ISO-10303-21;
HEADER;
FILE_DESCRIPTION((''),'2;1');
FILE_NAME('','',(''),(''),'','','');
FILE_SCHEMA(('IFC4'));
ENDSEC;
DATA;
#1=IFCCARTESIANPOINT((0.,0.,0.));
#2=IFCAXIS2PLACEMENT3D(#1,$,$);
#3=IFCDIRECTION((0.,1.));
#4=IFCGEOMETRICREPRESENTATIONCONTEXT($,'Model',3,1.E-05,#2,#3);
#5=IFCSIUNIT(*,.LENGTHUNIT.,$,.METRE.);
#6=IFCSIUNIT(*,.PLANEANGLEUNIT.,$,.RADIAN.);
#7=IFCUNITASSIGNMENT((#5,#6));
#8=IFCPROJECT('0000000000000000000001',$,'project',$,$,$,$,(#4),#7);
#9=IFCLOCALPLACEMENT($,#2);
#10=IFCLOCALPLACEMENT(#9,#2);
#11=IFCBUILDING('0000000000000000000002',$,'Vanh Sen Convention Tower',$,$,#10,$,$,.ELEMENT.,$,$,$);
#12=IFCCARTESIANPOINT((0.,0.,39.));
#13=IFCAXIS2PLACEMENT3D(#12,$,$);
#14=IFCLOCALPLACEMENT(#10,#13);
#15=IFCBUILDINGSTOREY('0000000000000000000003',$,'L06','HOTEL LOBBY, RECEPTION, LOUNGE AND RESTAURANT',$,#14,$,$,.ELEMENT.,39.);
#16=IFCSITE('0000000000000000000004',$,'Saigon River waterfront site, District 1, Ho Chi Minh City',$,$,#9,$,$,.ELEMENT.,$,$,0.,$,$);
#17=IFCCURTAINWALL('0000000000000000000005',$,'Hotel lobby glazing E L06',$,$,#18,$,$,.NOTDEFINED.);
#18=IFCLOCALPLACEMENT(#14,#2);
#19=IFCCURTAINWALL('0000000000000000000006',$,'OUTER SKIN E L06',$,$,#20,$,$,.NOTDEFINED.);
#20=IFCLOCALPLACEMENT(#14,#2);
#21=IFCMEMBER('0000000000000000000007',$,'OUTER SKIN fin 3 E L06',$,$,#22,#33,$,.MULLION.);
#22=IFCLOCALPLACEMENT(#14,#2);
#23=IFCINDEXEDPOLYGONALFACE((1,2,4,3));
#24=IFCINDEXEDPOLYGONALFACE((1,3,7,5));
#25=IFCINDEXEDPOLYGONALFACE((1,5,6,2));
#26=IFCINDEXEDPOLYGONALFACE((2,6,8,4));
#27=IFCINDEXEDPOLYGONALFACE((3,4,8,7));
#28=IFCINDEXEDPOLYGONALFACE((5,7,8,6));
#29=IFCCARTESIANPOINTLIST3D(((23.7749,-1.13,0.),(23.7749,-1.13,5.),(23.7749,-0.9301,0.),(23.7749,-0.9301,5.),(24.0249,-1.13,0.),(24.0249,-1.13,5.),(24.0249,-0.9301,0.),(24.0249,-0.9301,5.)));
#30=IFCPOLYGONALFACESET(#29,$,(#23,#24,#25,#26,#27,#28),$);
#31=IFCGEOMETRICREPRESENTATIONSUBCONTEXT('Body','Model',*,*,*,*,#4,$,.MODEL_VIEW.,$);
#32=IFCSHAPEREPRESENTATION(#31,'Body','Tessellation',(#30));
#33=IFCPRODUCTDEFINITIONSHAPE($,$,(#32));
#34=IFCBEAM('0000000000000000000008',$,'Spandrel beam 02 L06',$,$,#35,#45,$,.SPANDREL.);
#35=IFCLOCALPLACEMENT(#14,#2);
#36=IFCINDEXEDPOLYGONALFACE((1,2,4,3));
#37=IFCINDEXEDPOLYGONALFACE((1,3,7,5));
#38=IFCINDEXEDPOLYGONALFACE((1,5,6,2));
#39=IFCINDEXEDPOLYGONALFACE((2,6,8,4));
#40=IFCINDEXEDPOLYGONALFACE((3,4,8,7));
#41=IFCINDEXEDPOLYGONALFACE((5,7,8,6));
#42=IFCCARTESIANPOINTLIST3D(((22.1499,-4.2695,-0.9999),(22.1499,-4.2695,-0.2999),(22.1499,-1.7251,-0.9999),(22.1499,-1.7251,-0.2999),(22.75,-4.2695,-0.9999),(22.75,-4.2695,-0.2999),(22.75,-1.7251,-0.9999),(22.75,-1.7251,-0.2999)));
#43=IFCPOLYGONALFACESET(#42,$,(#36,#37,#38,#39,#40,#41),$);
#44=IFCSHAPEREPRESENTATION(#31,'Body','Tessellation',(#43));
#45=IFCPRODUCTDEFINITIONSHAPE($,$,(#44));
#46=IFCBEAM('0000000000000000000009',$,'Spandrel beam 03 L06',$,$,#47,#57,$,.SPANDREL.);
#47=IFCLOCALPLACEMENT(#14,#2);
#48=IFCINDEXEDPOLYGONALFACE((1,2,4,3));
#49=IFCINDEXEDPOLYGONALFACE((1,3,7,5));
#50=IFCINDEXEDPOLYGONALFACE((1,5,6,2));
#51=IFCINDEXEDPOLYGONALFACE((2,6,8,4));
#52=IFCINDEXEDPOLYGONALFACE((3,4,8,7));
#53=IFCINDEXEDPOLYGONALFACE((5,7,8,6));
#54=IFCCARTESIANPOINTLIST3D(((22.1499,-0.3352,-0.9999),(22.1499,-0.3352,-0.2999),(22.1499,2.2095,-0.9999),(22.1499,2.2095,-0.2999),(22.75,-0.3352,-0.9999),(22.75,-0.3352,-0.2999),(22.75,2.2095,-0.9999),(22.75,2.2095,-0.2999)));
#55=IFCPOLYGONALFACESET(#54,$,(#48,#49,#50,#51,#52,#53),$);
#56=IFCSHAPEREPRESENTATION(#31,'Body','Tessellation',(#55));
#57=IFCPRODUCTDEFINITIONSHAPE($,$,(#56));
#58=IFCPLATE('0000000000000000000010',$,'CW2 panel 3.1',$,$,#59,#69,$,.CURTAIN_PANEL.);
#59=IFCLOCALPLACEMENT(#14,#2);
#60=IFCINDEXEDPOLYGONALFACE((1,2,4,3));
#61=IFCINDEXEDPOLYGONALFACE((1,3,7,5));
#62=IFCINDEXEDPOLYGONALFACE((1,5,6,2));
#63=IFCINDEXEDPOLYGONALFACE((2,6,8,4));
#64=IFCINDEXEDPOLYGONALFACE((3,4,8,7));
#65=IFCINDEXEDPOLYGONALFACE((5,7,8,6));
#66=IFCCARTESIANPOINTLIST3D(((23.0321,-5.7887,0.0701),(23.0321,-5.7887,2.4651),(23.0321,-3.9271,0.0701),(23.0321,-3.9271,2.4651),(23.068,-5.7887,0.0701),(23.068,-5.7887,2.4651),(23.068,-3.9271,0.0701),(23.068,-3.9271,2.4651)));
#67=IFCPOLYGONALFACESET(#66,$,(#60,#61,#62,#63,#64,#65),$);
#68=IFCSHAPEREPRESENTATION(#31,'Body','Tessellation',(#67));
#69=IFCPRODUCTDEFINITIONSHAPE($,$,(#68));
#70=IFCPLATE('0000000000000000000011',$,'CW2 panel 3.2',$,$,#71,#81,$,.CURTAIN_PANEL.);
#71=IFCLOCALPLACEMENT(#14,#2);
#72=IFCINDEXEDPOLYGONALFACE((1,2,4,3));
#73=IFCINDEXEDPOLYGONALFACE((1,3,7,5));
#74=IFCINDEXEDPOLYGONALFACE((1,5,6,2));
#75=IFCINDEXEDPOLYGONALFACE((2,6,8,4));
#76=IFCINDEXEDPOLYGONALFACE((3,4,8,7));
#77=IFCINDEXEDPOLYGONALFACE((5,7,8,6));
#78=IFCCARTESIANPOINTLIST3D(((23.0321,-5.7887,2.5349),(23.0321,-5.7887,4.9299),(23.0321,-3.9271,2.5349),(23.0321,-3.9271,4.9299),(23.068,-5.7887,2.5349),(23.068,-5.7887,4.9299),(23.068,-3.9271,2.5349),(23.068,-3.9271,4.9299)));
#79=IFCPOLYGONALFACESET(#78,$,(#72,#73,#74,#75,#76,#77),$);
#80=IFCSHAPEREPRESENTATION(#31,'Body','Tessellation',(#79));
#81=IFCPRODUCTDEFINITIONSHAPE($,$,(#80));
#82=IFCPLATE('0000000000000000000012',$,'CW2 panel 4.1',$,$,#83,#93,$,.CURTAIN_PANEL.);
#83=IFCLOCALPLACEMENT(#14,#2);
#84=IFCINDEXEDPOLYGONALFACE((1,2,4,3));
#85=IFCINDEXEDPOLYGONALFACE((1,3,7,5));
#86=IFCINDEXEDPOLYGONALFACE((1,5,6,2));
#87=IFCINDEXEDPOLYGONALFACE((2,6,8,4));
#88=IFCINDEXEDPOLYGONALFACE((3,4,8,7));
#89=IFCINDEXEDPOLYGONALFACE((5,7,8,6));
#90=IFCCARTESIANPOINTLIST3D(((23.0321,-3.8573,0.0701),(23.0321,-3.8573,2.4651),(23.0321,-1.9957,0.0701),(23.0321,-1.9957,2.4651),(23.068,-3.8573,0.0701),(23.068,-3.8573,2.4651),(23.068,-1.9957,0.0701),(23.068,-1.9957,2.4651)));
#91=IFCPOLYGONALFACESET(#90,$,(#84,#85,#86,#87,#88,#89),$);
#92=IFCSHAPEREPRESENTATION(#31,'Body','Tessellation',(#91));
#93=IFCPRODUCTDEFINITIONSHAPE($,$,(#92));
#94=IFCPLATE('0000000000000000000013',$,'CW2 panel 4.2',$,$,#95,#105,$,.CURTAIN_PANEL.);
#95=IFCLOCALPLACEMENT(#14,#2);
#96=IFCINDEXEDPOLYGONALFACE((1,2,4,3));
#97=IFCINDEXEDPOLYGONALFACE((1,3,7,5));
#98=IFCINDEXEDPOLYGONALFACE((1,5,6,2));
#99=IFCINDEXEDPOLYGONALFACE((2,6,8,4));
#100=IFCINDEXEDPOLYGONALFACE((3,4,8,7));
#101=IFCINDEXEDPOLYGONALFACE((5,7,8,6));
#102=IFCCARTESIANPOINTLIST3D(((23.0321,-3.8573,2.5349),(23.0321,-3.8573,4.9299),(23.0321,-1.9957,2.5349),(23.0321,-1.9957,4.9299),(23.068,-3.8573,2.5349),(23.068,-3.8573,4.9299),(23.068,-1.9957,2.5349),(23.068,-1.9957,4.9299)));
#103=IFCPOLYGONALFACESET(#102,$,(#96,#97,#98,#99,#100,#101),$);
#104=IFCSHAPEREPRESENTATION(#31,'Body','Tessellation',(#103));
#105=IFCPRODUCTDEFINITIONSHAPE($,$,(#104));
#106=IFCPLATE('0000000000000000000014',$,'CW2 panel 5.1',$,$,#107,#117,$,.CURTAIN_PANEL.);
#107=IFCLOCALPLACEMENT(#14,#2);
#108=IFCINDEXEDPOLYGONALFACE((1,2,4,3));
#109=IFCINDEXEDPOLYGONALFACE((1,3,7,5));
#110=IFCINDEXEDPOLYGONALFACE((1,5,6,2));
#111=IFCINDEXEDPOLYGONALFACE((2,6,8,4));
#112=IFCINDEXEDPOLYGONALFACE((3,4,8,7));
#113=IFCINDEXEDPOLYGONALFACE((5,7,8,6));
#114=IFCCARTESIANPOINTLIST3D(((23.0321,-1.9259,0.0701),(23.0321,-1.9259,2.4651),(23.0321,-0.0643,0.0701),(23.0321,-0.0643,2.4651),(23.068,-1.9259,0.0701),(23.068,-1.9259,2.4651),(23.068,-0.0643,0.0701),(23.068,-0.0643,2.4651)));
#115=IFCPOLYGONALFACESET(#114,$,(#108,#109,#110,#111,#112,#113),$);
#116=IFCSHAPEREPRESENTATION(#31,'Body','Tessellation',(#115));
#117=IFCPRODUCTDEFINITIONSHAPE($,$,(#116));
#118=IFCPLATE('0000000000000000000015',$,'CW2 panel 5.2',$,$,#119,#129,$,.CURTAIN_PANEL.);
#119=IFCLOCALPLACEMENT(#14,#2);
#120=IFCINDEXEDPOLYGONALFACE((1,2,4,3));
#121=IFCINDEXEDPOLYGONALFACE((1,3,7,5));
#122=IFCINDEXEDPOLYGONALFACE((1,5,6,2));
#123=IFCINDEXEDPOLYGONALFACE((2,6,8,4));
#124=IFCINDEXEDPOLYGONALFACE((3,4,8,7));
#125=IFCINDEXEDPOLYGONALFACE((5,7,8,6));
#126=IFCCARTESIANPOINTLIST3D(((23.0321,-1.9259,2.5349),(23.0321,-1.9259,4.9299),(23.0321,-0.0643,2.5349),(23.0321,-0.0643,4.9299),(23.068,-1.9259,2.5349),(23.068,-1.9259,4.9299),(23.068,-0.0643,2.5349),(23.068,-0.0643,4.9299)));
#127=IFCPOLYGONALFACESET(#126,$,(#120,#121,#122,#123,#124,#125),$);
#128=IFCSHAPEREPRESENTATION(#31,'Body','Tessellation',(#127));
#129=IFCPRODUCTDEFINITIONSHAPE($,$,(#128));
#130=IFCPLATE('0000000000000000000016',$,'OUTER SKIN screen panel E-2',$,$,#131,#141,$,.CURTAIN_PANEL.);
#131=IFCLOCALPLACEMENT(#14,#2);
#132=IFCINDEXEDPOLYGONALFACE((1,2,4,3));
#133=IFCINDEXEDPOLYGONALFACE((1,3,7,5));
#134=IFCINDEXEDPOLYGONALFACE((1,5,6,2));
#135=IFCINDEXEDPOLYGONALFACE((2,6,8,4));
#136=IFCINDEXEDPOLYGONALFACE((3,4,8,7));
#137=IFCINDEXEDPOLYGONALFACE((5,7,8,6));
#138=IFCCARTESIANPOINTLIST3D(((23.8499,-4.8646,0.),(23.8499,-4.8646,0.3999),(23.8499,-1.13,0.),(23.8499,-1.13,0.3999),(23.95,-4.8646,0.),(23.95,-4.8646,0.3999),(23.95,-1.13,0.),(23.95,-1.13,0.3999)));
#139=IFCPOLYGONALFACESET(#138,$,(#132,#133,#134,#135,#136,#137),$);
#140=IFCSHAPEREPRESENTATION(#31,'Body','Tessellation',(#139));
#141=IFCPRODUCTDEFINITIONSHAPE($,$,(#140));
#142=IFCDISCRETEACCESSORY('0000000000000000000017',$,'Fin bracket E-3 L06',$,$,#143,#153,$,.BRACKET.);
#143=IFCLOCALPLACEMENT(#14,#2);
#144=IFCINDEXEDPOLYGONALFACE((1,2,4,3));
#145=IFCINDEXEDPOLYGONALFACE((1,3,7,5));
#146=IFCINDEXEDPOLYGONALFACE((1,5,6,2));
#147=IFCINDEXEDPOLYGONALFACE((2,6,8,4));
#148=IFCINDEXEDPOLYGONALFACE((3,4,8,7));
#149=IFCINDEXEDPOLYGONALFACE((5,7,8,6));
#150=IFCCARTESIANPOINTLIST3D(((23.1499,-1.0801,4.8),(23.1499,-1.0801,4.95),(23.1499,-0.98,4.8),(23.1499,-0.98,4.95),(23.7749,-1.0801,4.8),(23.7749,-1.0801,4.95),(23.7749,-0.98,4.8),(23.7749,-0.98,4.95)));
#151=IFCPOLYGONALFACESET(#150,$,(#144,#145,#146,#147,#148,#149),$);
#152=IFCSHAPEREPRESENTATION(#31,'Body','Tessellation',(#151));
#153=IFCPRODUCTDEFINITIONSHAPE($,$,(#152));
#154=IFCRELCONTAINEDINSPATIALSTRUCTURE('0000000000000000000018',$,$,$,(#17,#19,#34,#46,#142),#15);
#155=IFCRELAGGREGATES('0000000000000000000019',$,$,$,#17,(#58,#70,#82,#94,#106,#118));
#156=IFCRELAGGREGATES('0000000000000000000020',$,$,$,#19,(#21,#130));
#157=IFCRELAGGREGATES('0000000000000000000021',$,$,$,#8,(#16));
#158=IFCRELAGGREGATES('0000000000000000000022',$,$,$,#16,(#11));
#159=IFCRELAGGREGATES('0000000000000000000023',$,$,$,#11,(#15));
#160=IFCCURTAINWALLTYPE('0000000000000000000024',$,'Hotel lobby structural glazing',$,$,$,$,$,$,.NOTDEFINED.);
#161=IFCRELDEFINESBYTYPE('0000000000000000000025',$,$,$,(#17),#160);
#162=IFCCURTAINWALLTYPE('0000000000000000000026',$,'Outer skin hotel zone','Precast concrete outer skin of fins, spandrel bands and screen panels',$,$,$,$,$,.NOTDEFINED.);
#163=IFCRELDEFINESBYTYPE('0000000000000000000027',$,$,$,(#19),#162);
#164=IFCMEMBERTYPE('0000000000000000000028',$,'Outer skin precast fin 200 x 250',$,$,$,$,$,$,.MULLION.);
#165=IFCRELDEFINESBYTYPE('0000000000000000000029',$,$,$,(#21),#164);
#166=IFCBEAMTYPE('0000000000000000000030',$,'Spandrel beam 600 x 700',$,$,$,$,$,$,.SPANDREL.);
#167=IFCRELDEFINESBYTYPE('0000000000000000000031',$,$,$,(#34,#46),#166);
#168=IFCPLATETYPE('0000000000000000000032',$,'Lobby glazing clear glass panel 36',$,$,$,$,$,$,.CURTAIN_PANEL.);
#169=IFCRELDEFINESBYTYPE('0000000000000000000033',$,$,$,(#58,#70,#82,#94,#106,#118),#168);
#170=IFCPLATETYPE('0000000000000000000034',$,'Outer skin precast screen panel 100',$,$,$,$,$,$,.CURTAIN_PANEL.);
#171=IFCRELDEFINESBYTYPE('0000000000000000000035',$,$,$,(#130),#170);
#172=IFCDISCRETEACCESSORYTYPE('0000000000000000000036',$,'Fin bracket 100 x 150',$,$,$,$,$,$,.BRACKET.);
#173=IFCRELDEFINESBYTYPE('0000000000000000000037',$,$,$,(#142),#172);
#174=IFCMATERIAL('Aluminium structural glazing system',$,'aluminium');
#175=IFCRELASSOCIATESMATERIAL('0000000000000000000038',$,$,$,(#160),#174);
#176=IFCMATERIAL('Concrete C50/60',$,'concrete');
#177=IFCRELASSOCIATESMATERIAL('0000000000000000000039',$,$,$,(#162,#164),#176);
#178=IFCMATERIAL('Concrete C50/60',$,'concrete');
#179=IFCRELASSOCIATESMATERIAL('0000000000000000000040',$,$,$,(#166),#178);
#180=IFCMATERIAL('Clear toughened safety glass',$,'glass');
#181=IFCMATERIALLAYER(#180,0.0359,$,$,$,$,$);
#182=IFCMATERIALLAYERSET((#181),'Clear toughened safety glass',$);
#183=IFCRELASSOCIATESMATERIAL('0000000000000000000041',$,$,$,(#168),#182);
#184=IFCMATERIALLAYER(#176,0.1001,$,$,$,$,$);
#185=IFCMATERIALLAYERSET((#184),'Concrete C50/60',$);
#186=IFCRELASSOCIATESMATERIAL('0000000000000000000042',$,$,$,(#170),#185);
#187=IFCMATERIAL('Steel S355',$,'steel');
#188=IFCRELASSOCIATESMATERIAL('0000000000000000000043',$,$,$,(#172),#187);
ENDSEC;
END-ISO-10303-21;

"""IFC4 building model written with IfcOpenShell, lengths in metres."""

from ifc_helpers import new_model, si_unit, direction, frame, origin, origin_2d, place, context, subcontext, project, spatial, rectangle, extrude, material, layer, layer_set, material_profile, profile_set, type_object, element, aggregate, save


model = new_model("IFC4")

# Units and contexts
model_context = context("Model", 3, precision=1e-05, world=origin(), true_north=direction((0.0, 1.0)))
body_context = subcontext(model_context, "Body", "Model", "MODEL_VIEW")
ifc_project = project(units=[si_unit("LENGTHUNIT", "METRE"), si_unit("PLANEANGLEUNIT", "RADIAN")], contexts=[model_context])

# Site, building, storey
site_placement = place(None, origin())
site = spatial("IfcSite", under=ifc_project, at=site_placement, Name="Saigon River waterfront site, District 1, Ho Chi Minh City", CompositionType="ELEMENT", RefElevation=0.0)
building_placement = place(site_placement, origin())
building = spatial("IfcBuilding", under=site, at=building_placement, Name="Vanh Sen Convention Tower", CompositionType="ELEMENT")
storey_placement = place(building_placement, frame((0.0, 0.0, 39.0)))
storey = spatial("IfcBuildingStorey", under=building, at=storey_placement, Name="L06", Description="HOTEL LOBBY, RECEPTION, LOUNGE AND RESTAURANT", CompositionType="ELEMENT", Elevation=39.0)

# Curtain walls, member
ifc_material_1 = material(Name="Aluminium structural glazing system", Category="aluminium")
curtain_wall_type_1 = type_object("IfcCurtainWallType", Name="Hotel lobby structural glazing", PredefinedType="NOTDEFINED", material=ifc_material_1)
curtain_wall_1_placement = place(storey_placement, origin())
curtain_wall_1 = element("IfcCurtainWall", 1, at=curtain_wall_1_placement, inside=storey, type_object=curtain_wall_type_1, Name="Hotel lobby glazing E L06", PredefinedType="NOTDEFINED")
ifc_material_2 = material(Name="Concrete C50/60", Category="concrete")
curtain_wall_type_2 = type_object("IfcCurtainWallType", Name="Outer skin hotel zone", Description="Precast concrete outer skin of fins, spandrel bands and screen panels", PredefinedType="NOTDEFINED", material=ifc_material_2)
curtain_wall_2_placement = place(storey_placement, origin())
curtain_wall_2 = element("IfcCurtainWall", 2, at=curtain_wall_2_placement, inside=storey, type_object=curtain_wall_type_2, Name="OUTER SKIN E L06", PredefinedType="NOTDEFINED")
ifc_material_profile_1 = material_profile(ifc_material_2, rectangle(XDim=0.2, YDim=0.25, at=origin_2d()), Name="Outer skin precast fin 200 x 250")
ifc_profile_set_1 = profile_set([ifc_material_profile_1], Name="Concrete C50/60")
member_type_1 = type_object("IfcMemberType", Name="Outer skin precast fin 200 x 250", PredefinedType="MULLION", material=ifc_profile_set_1)
member_1_placement = place(storey_placement, frame((23.8999, -1.03, 0.0), z_axis=(0.0, 0.0, 1.0), x_axis=(0.0, 1.0, 0.0)))
member_1 = element("IfcMember", 3, at=member_1_placement, type_object=member_type_1, Name="OUTER SKIN fin 3 E L06", PredefinedType="MULLION", context=body_context, shape_type="SweptSolid", body=[
    extrude(rectangle(XDim=0.2, YDim=0.25, at=origin_2d()), origin(), (0.0, 0.0, 1.0), 5.0),
])

# Beams
ifc_material_3 = material(Name="Concrete C50/60", Category="concrete")
ifc_material_profile_2 = material_profile(ifc_material_3, rectangle(XDim=0.6001, YDim=0.7, at=origin_2d()), Name="RC 600X700")
ifc_profile_set_2 = profile_set([ifc_material_profile_2], Name="Concrete C50/60")
beam_type = type_object("IfcBeamType", Name="Spandrel beam 600 x 700", PredefinedType="SPANDREL", material=ifc_profile_set_2)
beam_1_placement = place(storey_placement, frame((22.45, -4.2695, -0.6499), z_axis=(0.0, 1.0, 0.0), x_axis=(-1.0, 0.0, 0.0)))
element("IfcBeam", 4, at=beam_1_placement, inside=storey, type_object=beam_type, Name="Spandrel beam 02 L06", PredefinedType="SPANDREL", context=body_context, shape_type="SweptSolid", body=[
    extrude(rectangle(XDim=0.6001, YDim=0.7, at=origin_2d()), origin(), (0.0, 0.0, 1.0), 2.5444),
])
beam_2_placement = place(storey_placement, frame((22.45, -0.3352, -0.6499), z_axis=(0.0, 1.0, 0.0), x_axis=(-1.0, 0.0, 0.0)))
element("IfcBeam", 5, at=beam_2_placement, inside=storey, type_object=beam_type, Name="Spandrel beam 03 L06", PredefinedType="SPANDREL", context=body_context, shape_type="SweptSolid", body=[
    extrude(rectangle(XDim=0.6001, YDim=0.7, at=origin_2d()), origin(), (0.0, 0.0, 1.0), 2.5447),
])

# Plates
ifc_material_4 = material(Name="Clear toughened safety glass", Category="glass")
ifc_layer_1 = layer(ifc_material_4, 0.0359)
ifc_layer_set_1 = layer_set([ifc_layer_1], Name="Clear toughened safety glass")
plate_type_1 = type_object("IfcPlateType", Name="Lobby glazing clear glass panel 36", PredefinedType="CURTAIN_PANEL", material=ifc_layer_set_1)
plate_1_placement = place(storey_placement, frame((23.05, -4.8579, 0.0701), z_axis=(0.0, 0.0, 1.0), x_axis=(0.0, 1.0, 0.0)))
plate_1 = element("IfcPlate", 6, at=plate_1_placement, type_object=plate_type_1, Name="CW2 panel 3.1", PredefinedType="CURTAIN_PANEL", context=body_context, shape_type="SweptSolid", body=[
    extrude(rectangle(XDim=1.8616, YDim=0.0359, at=origin_2d()), origin(), (0.0, 0.0, 1.0), 2.395),
])
plate_2_placement = place(storey_placement, frame((23.05, -4.8579, 2.5349), z_axis=(0.0, 0.0, 1.0), x_axis=(0.0, 1.0, 0.0)))
plate_2 = element("IfcPlate", 7, at=plate_2_placement, type_object=plate_type_1, Name="CW2 panel 3.2", PredefinedType="CURTAIN_PANEL", context=body_context, shape_type="SweptSolid", body=[
    extrude(rectangle(XDim=1.8616, YDim=0.0359, at=origin_2d()), origin(), (0.0, 0.0, 1.0), 2.395),
])
plate_3_placement = place(storey_placement, frame((23.05, -2.9265, 0.0701), z_axis=(0.0, 0.0, 1.0), x_axis=(0.0, 1.0, 0.0)))
plate_3 = element("IfcPlate", 8, at=plate_3_placement, type_object=plate_type_1, Name="CW2 panel 4.1", PredefinedType="CURTAIN_PANEL", context=body_context, shape_type="SweptSolid", body=[
    extrude(rectangle(XDim=1.8616, YDim=0.0359, at=origin_2d()), origin(), (0.0, 0.0, 1.0), 2.395),
])
plate_4_placement = place(storey_placement, frame((23.05, -2.9265, 2.5349), z_axis=(0.0, 0.0, 1.0), x_axis=(0.0, 1.0, 0.0)))
plate_4 = element("IfcPlate", 9, at=plate_4_placement, type_object=plate_type_1, Name="CW2 panel 4.2", PredefinedType="CURTAIN_PANEL", context=body_context, shape_type="SweptSolid", body=[
    extrude(rectangle(XDim=1.8616, YDim=0.0359, at=origin_2d()), origin(), (0.0, 0.0, 1.0), 2.395),
])
plate_5_placement = place(storey_placement, frame((23.05, -0.9951, 0.0701), z_axis=(0.0, 0.0, 1.0), x_axis=(0.0, 1.0, 0.0)))
plate_5 = element("IfcPlate", 10, at=plate_5_placement, type_object=plate_type_1, Name="CW2 panel 5.1", PredefinedType="CURTAIN_PANEL", context=body_context, shape_type="SweptSolid", body=[
    extrude(rectangle(XDim=1.8616, YDim=0.0359, at=origin_2d()), origin(), (0.0, 0.0, 1.0), 2.395),
])
plate_6_placement = place(storey_placement, frame((23.05, -0.9951, 2.5349), z_axis=(0.0, 0.0, 1.0), x_axis=(0.0, 1.0, 0.0)))
plate_6 = element("IfcPlate", 11, at=plate_6_placement, type_object=plate_type_1, Name="CW2 panel 5.2", PredefinedType="CURTAIN_PANEL", context=body_context, shape_type="SweptSolid", body=[
    extrude(rectangle(XDim=1.8616, YDim=0.0359, at=origin_2d()), origin(), (0.0, 0.0, 1.0), 2.395),
])
aggregate(curtain_wall_1, [plate_1, plate_2, plate_3, plate_4, plate_5, plate_6])
ifc_layer_2 = layer(ifc_material_2, 0.1001)
ifc_layer_set_2 = layer_set([ifc_layer_2], Name="Concrete C50/60")
plate_type_2 = type_object("IfcPlateType", Name="Outer skin precast screen panel 100", PredefinedType="CURTAIN_PANEL", material=ifc_layer_set_2)
plate_7_placement = place(storey_placement, frame((23.8999, -2.9973, 0.0), z_axis=(0.0, 0.0, 1.0), x_axis=(0.0, 1.0, 0.0)))
plate_7 = element("IfcPlate", 12, at=plate_7_placement, type_object=plate_type_2, Name="OUTER SKIN screen panel E-2", PredefinedType="CURTAIN_PANEL", context=body_context, shape_type="SweptSolid", body=[
    extrude(rectangle(XDim=3.7346, YDim=0.1001, at=origin_2d()), origin(), (0.0, 0.0, 1.0), 0.3999),
])
aggregate(curtain_wall_2, [member_1, plate_7])

# Discrete accessory
ifc_material_5 = material(Name="Steel S355", Category="steel")
discrete_accessory_type = type_object("IfcDiscreteAccessoryType", Name="Fin bracket 100 x 150", PredefinedType="BRACKET", material=ifc_material_5)
discrete_accessory_placement = place(storey_placement, frame((23.4624, -1.03, 4.8), z_axis=(0.0, 0.0, 1.0), x_axis=(1.0, 0.0, 0.0)))
element("IfcDiscreteAccessory", 13, at=discrete_accessory_placement, inside=storey, type_object=discrete_accessory_type, Name="Fin bracket E-3 L06", PredefinedType="BRACKET", context=body_context, shape_type="SweptSolid", body=[
    extrude(rectangle(XDim=0.625, YDim=0.1001, at=origin_2d()), origin(), (0.0, 0.0, 1.0), 0.1499),
])

save(model, "model.ifc")
